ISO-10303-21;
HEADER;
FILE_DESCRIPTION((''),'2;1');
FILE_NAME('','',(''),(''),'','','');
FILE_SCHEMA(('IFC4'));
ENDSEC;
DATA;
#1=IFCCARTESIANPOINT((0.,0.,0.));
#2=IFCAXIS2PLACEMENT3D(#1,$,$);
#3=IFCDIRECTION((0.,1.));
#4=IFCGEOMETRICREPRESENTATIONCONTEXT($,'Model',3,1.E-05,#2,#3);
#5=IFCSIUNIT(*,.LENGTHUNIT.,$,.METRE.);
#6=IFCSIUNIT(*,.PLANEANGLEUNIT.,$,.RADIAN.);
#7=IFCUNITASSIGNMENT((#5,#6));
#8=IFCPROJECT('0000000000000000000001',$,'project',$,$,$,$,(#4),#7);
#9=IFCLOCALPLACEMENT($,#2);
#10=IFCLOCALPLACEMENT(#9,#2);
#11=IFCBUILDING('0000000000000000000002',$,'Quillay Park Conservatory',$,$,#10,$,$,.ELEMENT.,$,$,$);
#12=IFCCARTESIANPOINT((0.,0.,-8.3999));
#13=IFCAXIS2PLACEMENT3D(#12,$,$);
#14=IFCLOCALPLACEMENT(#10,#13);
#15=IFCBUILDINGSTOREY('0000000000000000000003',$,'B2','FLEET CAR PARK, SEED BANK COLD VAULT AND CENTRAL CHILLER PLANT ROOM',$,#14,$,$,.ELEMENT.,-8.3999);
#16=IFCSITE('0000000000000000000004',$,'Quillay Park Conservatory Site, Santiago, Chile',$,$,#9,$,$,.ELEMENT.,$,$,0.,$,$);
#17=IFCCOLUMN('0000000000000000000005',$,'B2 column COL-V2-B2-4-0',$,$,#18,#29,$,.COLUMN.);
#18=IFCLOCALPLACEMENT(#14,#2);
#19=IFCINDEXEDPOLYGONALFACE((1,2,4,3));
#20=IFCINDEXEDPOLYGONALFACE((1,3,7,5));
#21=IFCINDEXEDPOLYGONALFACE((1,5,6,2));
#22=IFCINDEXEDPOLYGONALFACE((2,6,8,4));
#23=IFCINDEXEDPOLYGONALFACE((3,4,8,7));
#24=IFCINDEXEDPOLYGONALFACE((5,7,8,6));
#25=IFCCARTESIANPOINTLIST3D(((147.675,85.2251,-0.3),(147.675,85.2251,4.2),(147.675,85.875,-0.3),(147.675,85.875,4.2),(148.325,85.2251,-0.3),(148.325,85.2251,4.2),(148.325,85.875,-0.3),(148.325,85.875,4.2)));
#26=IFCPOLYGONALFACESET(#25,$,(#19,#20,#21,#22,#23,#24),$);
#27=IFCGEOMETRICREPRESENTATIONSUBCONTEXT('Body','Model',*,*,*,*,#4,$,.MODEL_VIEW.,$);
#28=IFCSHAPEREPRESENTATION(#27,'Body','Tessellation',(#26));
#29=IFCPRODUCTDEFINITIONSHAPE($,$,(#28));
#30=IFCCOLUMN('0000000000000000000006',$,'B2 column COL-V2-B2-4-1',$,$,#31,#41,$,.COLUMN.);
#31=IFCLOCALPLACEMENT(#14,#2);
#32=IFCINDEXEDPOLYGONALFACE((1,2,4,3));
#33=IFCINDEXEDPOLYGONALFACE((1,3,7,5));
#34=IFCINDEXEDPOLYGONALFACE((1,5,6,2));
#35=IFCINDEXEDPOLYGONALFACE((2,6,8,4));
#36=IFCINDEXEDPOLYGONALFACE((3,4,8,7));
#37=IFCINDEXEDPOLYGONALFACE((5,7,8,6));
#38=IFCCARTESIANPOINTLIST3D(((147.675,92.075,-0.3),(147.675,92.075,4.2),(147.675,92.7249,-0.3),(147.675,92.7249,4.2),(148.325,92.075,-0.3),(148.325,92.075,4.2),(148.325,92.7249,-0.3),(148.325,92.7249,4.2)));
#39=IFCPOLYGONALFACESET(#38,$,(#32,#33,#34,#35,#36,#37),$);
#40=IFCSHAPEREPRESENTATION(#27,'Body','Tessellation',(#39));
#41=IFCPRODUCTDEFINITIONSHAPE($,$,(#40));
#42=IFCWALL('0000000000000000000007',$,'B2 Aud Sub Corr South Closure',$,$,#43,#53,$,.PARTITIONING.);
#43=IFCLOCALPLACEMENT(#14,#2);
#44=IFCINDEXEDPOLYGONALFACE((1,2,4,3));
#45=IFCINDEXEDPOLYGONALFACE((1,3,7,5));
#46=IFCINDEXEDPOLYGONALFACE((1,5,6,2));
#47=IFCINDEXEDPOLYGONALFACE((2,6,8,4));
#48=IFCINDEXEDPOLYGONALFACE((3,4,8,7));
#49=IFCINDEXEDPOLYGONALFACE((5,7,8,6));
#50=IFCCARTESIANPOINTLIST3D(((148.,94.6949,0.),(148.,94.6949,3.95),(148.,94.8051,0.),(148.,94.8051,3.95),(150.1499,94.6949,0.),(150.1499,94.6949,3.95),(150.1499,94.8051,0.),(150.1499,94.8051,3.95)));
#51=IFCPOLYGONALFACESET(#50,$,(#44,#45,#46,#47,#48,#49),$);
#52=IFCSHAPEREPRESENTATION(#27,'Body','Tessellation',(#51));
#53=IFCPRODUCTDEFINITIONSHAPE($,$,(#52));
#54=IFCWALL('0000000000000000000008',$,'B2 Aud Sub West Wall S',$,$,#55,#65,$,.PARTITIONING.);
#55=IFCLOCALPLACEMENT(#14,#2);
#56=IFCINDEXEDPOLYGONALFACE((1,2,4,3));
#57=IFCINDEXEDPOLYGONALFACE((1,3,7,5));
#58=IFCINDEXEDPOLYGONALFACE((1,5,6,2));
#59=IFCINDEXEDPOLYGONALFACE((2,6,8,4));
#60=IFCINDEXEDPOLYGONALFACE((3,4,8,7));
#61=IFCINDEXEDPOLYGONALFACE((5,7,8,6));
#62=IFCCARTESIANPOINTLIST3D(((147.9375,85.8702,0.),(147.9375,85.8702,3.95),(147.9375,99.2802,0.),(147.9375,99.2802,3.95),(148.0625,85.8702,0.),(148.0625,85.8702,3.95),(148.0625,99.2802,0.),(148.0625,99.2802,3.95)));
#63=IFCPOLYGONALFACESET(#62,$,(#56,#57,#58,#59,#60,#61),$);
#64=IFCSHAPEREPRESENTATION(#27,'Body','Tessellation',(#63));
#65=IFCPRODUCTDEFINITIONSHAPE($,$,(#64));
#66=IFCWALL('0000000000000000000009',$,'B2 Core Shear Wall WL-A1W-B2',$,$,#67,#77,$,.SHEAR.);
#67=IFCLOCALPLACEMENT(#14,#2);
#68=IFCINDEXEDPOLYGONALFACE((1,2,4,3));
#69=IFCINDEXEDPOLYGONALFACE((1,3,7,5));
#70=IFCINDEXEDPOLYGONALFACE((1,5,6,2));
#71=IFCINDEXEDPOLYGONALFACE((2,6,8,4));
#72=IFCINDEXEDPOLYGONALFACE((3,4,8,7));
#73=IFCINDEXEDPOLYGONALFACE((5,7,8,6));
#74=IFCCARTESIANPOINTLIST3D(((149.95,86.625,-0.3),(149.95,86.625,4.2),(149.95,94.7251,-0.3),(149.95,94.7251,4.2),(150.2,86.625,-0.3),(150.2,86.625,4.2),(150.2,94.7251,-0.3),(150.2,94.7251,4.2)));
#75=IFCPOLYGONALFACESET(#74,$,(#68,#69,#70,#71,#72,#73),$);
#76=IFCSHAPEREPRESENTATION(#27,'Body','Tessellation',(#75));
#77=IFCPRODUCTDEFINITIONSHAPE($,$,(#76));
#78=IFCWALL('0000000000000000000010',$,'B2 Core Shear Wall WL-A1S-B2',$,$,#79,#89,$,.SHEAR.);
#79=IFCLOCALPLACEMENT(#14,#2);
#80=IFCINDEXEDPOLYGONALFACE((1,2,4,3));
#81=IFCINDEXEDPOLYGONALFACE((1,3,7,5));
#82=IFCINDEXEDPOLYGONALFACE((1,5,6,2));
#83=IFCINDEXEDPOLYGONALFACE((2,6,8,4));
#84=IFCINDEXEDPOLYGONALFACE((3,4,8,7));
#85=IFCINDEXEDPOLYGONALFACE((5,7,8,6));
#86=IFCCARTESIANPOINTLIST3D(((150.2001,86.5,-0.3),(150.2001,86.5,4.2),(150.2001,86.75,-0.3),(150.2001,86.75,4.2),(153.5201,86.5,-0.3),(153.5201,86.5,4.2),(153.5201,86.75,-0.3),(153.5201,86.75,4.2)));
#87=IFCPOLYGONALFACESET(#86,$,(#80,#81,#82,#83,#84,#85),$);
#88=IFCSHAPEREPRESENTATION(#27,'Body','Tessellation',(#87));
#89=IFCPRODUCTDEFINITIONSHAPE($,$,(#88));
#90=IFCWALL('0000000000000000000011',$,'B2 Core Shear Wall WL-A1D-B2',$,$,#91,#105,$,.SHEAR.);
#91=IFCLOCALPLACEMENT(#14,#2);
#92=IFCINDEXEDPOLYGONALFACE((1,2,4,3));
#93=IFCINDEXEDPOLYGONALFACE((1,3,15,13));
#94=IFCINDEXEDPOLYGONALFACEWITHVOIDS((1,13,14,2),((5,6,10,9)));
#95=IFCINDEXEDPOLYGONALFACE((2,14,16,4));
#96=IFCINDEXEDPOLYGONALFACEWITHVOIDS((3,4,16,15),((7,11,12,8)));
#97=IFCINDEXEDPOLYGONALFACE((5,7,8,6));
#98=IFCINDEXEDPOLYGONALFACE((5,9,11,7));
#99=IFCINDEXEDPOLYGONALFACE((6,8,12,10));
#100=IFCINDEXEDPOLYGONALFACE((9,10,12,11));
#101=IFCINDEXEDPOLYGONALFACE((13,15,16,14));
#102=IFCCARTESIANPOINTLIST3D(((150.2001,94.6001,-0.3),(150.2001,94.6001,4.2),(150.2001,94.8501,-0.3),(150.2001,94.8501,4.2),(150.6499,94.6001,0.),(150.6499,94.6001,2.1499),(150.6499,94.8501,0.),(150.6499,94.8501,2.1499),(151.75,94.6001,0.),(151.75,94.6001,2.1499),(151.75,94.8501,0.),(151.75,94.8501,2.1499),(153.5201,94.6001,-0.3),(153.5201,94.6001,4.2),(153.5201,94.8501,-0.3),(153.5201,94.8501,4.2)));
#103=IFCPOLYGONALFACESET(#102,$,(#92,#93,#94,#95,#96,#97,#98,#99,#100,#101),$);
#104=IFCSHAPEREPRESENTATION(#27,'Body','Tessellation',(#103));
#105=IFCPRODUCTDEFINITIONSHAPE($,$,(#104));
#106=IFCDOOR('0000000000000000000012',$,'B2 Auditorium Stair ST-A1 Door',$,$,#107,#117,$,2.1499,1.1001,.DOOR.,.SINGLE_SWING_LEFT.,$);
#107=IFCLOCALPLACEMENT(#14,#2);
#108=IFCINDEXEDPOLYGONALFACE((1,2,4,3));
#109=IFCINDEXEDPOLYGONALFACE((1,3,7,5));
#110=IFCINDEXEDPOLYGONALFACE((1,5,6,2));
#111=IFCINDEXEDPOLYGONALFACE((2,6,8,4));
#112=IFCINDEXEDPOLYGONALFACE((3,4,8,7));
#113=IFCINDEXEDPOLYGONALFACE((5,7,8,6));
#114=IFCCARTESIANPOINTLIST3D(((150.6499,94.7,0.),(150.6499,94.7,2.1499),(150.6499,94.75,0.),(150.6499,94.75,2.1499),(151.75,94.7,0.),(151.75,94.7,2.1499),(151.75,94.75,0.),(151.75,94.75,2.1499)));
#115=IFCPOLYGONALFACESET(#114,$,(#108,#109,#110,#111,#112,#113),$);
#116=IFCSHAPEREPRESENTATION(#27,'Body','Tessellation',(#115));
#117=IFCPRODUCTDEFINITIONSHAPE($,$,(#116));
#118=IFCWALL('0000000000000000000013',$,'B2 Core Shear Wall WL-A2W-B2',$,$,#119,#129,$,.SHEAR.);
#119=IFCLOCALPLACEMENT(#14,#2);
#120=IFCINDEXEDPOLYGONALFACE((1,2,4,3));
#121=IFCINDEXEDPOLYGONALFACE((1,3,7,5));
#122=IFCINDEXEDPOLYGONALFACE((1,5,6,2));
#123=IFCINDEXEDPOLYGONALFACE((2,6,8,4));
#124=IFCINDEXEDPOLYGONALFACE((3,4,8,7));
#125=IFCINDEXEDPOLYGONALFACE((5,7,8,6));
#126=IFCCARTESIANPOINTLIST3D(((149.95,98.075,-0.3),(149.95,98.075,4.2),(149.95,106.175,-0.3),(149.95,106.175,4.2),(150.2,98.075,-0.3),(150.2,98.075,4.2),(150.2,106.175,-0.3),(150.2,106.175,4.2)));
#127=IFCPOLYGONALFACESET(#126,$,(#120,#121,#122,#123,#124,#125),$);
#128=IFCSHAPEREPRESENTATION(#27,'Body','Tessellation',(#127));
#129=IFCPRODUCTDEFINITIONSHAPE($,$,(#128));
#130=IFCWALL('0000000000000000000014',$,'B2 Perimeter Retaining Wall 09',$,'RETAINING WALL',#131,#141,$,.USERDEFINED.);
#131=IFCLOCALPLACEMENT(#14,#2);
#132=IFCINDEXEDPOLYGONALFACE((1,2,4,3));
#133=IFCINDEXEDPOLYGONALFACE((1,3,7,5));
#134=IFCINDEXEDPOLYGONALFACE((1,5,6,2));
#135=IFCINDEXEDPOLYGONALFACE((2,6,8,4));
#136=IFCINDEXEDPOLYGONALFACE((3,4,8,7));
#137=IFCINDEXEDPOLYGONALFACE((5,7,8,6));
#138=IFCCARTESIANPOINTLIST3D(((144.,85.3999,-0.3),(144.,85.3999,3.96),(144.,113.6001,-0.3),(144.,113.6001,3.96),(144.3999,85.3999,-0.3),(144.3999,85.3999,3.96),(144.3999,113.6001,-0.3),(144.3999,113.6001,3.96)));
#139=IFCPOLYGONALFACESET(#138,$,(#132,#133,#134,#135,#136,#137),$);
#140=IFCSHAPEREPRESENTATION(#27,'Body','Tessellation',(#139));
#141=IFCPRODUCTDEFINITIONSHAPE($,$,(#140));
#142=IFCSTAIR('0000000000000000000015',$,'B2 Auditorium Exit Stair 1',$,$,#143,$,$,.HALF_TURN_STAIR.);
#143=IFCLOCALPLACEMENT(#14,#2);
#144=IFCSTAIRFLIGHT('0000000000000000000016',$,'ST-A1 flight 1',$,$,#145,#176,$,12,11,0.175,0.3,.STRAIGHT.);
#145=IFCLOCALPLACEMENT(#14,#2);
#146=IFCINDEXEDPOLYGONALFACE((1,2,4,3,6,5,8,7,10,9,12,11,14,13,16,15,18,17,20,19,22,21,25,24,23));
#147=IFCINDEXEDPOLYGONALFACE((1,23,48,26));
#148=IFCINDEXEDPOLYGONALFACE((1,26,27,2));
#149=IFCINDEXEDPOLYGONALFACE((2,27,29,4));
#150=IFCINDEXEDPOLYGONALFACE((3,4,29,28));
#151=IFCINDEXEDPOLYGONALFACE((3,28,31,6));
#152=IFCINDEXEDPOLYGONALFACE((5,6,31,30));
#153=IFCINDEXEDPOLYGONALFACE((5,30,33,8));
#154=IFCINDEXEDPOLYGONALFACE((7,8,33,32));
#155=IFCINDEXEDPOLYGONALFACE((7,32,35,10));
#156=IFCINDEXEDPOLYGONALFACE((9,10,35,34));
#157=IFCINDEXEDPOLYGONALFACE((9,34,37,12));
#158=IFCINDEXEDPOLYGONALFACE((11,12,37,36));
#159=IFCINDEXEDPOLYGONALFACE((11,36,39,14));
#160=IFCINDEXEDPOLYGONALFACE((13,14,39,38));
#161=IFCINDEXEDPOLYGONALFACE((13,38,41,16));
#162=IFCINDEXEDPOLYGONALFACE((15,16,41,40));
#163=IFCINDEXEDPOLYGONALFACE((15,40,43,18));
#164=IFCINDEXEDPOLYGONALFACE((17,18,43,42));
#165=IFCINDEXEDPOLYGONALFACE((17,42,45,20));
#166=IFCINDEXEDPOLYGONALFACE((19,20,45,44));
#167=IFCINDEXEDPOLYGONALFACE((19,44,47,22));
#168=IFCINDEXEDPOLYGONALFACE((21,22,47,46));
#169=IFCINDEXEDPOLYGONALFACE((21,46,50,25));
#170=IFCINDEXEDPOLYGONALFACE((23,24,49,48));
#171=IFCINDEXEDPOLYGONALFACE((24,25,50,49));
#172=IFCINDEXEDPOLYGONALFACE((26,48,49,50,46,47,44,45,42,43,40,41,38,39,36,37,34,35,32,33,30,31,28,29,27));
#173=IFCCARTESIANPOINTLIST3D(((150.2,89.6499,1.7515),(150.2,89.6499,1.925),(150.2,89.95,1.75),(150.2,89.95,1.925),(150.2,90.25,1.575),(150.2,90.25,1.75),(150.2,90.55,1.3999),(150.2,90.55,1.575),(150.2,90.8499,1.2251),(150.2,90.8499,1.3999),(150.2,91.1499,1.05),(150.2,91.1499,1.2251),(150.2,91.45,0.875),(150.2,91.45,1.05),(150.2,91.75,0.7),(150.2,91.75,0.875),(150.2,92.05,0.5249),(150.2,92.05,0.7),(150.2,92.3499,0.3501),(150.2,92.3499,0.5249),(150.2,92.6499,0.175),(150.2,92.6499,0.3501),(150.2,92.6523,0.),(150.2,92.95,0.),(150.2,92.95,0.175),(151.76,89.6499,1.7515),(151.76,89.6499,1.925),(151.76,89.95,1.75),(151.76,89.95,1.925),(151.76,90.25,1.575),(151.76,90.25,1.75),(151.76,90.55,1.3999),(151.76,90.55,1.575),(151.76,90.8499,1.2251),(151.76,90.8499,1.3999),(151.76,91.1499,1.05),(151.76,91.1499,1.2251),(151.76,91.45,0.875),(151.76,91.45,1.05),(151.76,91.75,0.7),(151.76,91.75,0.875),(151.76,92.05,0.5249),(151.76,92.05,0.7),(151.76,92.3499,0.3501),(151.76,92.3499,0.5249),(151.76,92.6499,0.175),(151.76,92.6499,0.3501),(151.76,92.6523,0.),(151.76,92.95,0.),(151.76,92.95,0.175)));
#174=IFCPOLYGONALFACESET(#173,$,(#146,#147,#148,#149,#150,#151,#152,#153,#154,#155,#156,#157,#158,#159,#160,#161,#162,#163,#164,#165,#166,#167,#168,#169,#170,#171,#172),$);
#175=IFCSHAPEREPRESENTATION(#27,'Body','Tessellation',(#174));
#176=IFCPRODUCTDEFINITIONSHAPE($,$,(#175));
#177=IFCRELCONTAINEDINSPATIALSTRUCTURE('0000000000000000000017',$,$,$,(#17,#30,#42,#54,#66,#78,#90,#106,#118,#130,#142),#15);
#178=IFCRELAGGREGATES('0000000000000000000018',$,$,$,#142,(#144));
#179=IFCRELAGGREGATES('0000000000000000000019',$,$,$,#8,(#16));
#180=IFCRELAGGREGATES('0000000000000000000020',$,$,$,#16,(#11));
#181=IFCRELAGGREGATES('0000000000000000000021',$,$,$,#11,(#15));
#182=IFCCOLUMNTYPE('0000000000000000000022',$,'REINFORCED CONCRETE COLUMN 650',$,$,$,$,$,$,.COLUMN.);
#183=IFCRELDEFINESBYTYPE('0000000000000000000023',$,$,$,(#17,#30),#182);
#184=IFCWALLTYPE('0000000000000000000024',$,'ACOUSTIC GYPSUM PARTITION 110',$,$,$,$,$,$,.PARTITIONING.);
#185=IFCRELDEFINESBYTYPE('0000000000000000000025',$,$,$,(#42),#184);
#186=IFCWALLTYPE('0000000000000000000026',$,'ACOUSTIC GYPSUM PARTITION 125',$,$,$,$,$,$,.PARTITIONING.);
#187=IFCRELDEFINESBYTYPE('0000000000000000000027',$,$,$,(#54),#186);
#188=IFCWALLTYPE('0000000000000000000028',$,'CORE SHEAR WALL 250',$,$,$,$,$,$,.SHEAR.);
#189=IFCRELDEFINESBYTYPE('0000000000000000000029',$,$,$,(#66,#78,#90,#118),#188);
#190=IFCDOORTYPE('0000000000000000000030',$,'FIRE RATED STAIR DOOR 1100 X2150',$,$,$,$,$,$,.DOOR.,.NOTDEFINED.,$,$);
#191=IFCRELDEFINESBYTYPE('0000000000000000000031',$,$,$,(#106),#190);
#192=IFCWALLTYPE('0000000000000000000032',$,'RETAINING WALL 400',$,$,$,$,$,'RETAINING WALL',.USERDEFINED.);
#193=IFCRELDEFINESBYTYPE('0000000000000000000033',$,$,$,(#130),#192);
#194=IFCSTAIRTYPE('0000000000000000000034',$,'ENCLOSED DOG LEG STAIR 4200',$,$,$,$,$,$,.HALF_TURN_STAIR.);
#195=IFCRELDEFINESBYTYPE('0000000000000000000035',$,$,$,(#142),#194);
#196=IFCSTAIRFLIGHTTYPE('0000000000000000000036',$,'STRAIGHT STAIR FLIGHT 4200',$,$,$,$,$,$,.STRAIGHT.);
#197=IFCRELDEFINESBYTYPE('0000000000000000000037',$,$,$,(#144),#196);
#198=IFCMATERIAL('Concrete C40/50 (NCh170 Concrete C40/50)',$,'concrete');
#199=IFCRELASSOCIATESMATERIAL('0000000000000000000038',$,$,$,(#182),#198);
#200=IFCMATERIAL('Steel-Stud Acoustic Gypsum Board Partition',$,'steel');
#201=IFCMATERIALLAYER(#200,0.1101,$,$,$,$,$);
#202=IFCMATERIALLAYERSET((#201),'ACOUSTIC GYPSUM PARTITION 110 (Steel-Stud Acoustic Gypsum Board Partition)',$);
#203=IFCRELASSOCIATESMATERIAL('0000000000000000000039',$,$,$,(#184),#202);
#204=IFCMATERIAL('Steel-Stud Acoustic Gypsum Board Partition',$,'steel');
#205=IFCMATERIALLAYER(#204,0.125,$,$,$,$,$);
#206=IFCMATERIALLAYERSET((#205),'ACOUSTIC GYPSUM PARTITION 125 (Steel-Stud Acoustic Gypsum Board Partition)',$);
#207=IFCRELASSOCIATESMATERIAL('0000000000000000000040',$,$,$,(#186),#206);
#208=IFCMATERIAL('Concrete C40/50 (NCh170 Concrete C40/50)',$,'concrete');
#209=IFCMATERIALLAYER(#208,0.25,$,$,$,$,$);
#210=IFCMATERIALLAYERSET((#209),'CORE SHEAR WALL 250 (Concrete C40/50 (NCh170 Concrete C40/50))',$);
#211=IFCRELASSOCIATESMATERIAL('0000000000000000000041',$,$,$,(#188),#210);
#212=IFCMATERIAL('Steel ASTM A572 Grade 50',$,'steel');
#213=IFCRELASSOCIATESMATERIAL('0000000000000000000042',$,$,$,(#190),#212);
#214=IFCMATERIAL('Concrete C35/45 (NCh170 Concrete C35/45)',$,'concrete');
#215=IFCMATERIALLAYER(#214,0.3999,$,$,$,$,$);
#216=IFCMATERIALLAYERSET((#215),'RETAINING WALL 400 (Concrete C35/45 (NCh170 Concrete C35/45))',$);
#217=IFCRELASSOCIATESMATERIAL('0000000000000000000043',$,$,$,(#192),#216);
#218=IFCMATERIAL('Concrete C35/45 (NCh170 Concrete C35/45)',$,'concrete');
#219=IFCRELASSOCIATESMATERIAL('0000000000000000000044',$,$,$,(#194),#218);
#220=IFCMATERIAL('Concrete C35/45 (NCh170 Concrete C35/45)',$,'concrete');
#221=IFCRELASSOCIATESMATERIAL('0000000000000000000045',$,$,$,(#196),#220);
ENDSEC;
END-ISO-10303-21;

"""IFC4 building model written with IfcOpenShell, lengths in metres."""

from ifc_helpers import new_model, si_unit, direction, frame, frame_2d, origin, origin_2d, place, context, subcontext, project, spatial, polyline, rectangle, outline, extrude, material, layer, layer_set, material_profile, profile_set, type_object, element, fill, aggregate, save


model = new_model("IFC4")

# Units and contexts
model_context = context("Model", 3, precision=1e-05, world=origin(), true_north=direction((0.0, 1.0)))
body_context = subcontext(model_context, "Body", "Model", "MODEL_VIEW")
ifc_project = project(units=[si_unit("LENGTHUNIT", "METRE"), si_unit("PLANEANGLEUNIT", "RADIAN")], contexts=[model_context])

# Site, building, storey
site_placement = place(None, origin())
site = spatial("IfcSite", under=ifc_project, at=site_placement, Name="Quillay Park Conservatory Site, Santiago, Chile", CompositionType="ELEMENT", RefElevation=0.0)
building_placement = place(site_placement, origin())
building = spatial("IfcBuilding", under=site, at=building_placement, Name="Quillay Park Conservatory", CompositionType="ELEMENT")
storey_placement = place(building_placement, frame((0.0, 0.0, -8.3999)))
storey = spatial("IfcBuildingStorey", under=building, at=storey_placement, Name="B2", Description="FLEET CAR PARK, SEED BANK COLD VAULT AND CENTRAL CHILLER PLANT ROOM", CompositionType="ELEMENT", Elevation=-8.3999)

# Columns
ifc_material_1 = material(Name="Concrete C40/50 (NCh170 Concrete C40/50)", Category="concrete")
ifc_material_profile_1 = material_profile(ifc_material_1, rectangle(XDim=0.6499, YDim=0.6499, at=origin_2d()), Name="RC650x650")
ifc_profile_set_1 = profile_set([ifc_material_profile_1], Name="Concrete C40/50 (NCh170 Concrete C40/50)")
column_type = type_object("IfcColumnType", Name="REINFORCED CONCRETE COLUMN 650", PredefinedType="COLUMN", material=ifc_profile_set_1)
for number, where, z_axis, x_axis, name in (
    (1, (148.0, 85.55, -0.3), (0.0, 0.0, 1.0), (1.0, 0.0, 0.0), "B2 column COL-V2-B2-4-0"),
    (2, (148.0, 92.3999, -0.3), (0.0, 0.0, 1.0), (1.0, 0.0, 0.0), "B2 column COL-V2-B2-4-1"),
):
    element("IfcColumn", number, at=place(storey_placement, frame(where, z_axis=z_axis, x_axis=x_axis)), inside=storey, type_object=column_type, Name=name, PredefinedType="COLUMN", context=body_context, shape_type="SweptSolid", body=[
        extrude(rectangle(XDim=0.6499, YDim=0.6499, at=origin_2d()), origin(), (0.0, 0.0, 1.0), 4.5),
    ])

# Walls
ifc_material_2 = material(Name="Steel-Stud Acoustic Gypsum Board Partition", Category="steel")
ifc_layer_1 = layer(ifc_material_2, 0.1101)
ifc_layer_set_1 = layer_set([ifc_layer_1], Name="ACOUSTIC GYPSUM PARTITION 110 (Steel-Stud Acoustic Gypsum Board Partition)")
wall_type_1 = type_object("IfcWallType", Name="ACOUSTIC GYPSUM PARTITION 110", PredefinedType="PARTITIONING", material=ifc_layer_set_1)
wall_1_placement = place(storey_placement, frame((148.0, 94.75, 0.0), z_axis=(0.0, 0.0, 1.0), x_axis=(1.0, 0.0, 0.0)))
element("IfcWall", 3, at=wall_1_placement, inside=storey, type_object=wall_type_1, Name="B2 Aud Sub Corr South Closure", PredefinedType="PARTITIONING", context=body_context, shape_type="SweptSolid", body=[
    extrude(rectangle(XDim=2.1499, YDim=0.1101, at=frame_2d((1.075, 0.0))), origin(), (0.0, 0.0, 1.0), 3.95),
])
ifc_material_3 = material(Name="Steel-Stud Acoustic Gypsum Board Partition", Category="steel")
ifc_layer_2 = layer(ifc_material_3, 0.125)
ifc_layer_set_2 = layer_set([ifc_layer_2], Name="ACOUSTIC GYPSUM PARTITION 125 (Steel-Stud Acoustic Gypsum Board Partition)")
wall_type_2 = type_object("IfcWallType", Name="ACOUSTIC GYPSUM PARTITION 125", PredefinedType="PARTITIONING", material=ifc_layer_set_2)
wall_2_placement = place(storey_placement, frame((148.0, 85.8701, 0.0), z_axis=(0.0, 0.0, 1.0), x_axis=(0.0, 1.0, 0.0)))
element("IfcWall", 4, at=wall_2_placement, inside=storey, type_object=wall_type_2, Name="B2 Aud Sub West Wall S", PredefinedType="PARTITIONING", context=body_context, shape_type="SweptSolid", body=[
    extrude(rectangle(XDim=13.4099, YDim=0.125, at=frame_2d((6.7051, 0.0))), origin(), (0.0, 0.0, 1.0), 3.95),
])
ifc_material_4 = material(Name="Concrete C40/50 (NCh170 Concrete C40/50)", Category="concrete")
ifc_layer_3 = layer(ifc_material_4, 0.25)
ifc_layer_set_3 = layer_set([ifc_layer_3], Name="CORE SHEAR WALL 250 (Concrete C40/50 (NCh170 Concrete C40/50))")
wall_type_3 = type_object("IfcWallType", Name="CORE SHEAR WALL 250", PredefinedType="SHEAR", material=ifc_layer_set_3)
wall_3_placement = place(storey_placement, frame((150.075, 86.625, -0.3), z_axis=(0.0, 0.0, 1.0), x_axis=(0.0, 1.0, 0.0)))
element("IfcWall", 5, at=wall_3_placement, inside=storey, type_object=wall_type_3, Name="B2 Core Shear Wall WL-A1W-B2", PredefinedType="SHEAR", context=body_context, shape_type="SweptSolid", body=[
    extrude(rectangle(XDim=8.1001, YDim=0.25, at=frame_2d((4.05, 0.0))), origin(), (0.0, 0.0, 1.0), 4.5),
])
wall_4_placement = place(storey_placement, frame((150.2, 86.625, -0.3), z_axis=(0.0, 0.0, 1.0), x_axis=(1.0, 0.0, 0.0)))
element("IfcWall", 6, at=wall_4_placement, inside=storey, type_object=wall_type_3, Name="B2 Core Shear Wall WL-A1S-B2", PredefinedType="SHEAR", context=body_context, shape_type="SweptSolid", body=[
    extrude(rectangle(XDim=3.3201, YDim=0.25, at=frame_2d((1.6602, 0.0))), origin(), (0.0, 0.0, 1.0), 4.5),
])

# Wall, opening, door
wall_5_placement = place(storey_placement, frame((150.2, 94.7251, -0.3), z_axis=(0.0, 0.0, 1.0), x_axis=(1.0, 0.0, 0.0)))
wall_5 = element("IfcWall", 7, at=wall_5_placement, inside=storey, type_object=wall_type_3, Name="B2 Core Shear Wall WL-A1D-B2", PredefinedType="SHEAR", context=body_context, shape_type="SweptSolid", body=[
    extrude(rectangle(XDim=3.3201, YDim=0.25, at=frame_2d((1.6602, 0.0))), origin(), (0.0, 0.0, 1.0), 4.5),
])
opening_placement = place(wall_5_placement, frame((0.45, 0.0, 0.3)))
opening = element("IfcOpeningElement", 8, at=opening_placement, cuts=wall_5, PredefinedType="OPENING", context=body_context, shape_type="SweptSolid", body=[
    extrude(rectangle(XDim=1.1001, YDim=2.1499, at=frame_2d((0.55, 1.075))), frame((0.0, 0.125, 0.0), z_axis=(0.0, -1.0, 0.0), x_axis=(1.0, 0.0, 0.0)), (0.0, 0.0, 1.0), 0.25),
])
ifc_material_5 = material(Name="Steel ASTM A572 Grade 50", Category="steel")
door_type = type_object("IfcDoorType", Name="FIRE RATED STAIR DOOR 1100 X2150", OperationType="NOTDEFINED", PredefinedType="DOOR", material=ifc_material_5)
door_placement = place(opening_placement, origin())
door = element("IfcDoor", 9, at=door_placement, inside=storey, type_object=door_type, Name="B2 Auditorium Stair ST-A1 Door", OperationType="SINGLE_SWING_LEFT", OverallHeight=2.1499, OverallWidth=1.1001, PredefinedType="DOOR", context=body_context, shape_type="SweptSolid", body=[
    extrude(rectangle(XDim=1.1001, YDim=2.1499, at=frame_2d((0.55, 1.075))), frame((0.0, 0.0249, 0.0), z_axis=(0.0, -1.0, 0.0), x_axis=(1.0, 0.0, 0.0)), (0.0, 0.0, 1.0), 0.05),
])
fill(opening, door)

# Walls
wall_6_placement = place(storey_placement, frame((150.075, 98.075, -0.3), z_axis=(0.0, 0.0, 1.0), x_axis=(0.0, 1.0, 0.0)))
element("IfcWall", 10, at=wall_6_placement, inside=storey, type_object=wall_type_3, Name="B2 Core Shear Wall WL-A2W-B2", PredefinedType="SHEAR", context=body_context, shape_type="SweptSolid", body=[
    extrude(rectangle(XDim=8.1001, YDim=0.25, at=frame_2d((4.05, 0.0))), origin(), (0.0, 0.0, 1.0), 4.5),
])
ifc_material_6 = material(Name="Concrete C35/45 (NCh170 Concrete C35/45)", Category="concrete")
ifc_layer_4 = layer(ifc_material_6, 0.3999)
ifc_layer_set_4 = layer_set([ifc_layer_4], Name="RETAINING WALL 400 (Concrete C35/45 (NCh170 Concrete C35/45))")
wall_type_4 = type_object("IfcWallType", Name="RETAINING WALL 400", ElementType="RETAINING WALL", PredefinedType="USERDEFINED", material=ifc_layer_set_4)
wall_7_placement = place(storey_placement, frame((144.2, 85.3999, -0.3), z_axis=(0.0, 0.0, 1.0), x_axis=(0.0, 1.0, 0.0)))
element("IfcWall", 11, at=wall_7_placement, inside=storey, type_object=wall_type_4, Name="B2 Perimeter Retaining Wall 09", ObjectType="RETAINING WALL", PredefinedType="USERDEFINED", context=body_context, shape_type="SweptSolid", body=[
    extrude(rectangle(XDim=28.2002, YDim=0.3999, at=frame_2d((14.1001, 0.0))), origin(), (0.0, 0.0, 1.0), 4.26),
])

# Stair, stair flight
ifc_material_7 = material(Name="Concrete C35/45 (NCh170 Concrete C35/45)", Category="concrete")
stair_type = type_object("IfcStairType", Name="ENCLOSED DOG LEG STAIR 4200", PredefinedType="HALF_TURN_STAIR", material=ifc_material_7)
stair_placement = place(storey_placement, origin())
stair = element("IfcStair", 12, at=stair_placement, inside=storey, type_object=stair_type, Name="B2 Auditorium Exit Stair 1", PredefinedType="HALF_TURN_STAIR")
ifc_material_8 = material(Name="Concrete C35/45 (NCh170 Concrete C35/45)", Category="concrete")
stair_flight_type = type_object("IfcStairFlightType", Name="STRAIGHT STAIR FLIGHT 4200", PredefinedType="STRAIGHT", material=ifc_material_8)
stair_flight_placement = place(storey_placement, frame((150.98, 92.95, 0.0), z_axis=(0.0, 0.0, 1.0), x_axis=(0.0, -1.0, 0.0)))
stair_flight = element("IfcStairFlight", 13, at=stair_flight_placement, type_object=stair_flight_type, Name="ST-A1 flight 1", NumberOfRisers=12, NumberOfTreads=11, PredefinedType="STRAIGHT", RiserHeight=0.175, TreadLength=0.3, context=body_context, shape_type="SweptSolid", body=[
    extrude(outline(polyline([(0.0, 0.0), (0.0, 0.175), (0.3, 0.175), (0.3, 0.3501), (0.6001, 0.3501), (0.6001, 0.5249), (0.8999, 0.5249), (0.8999, 0.7), (1.2, 0.7), (1.2, 0.875), (1.5, 0.875), (1.5, 1.05), (1.8, 1.05), (1.8, 1.2251), (2.1001, 1.2251), (2.1001, 1.3999), (2.3999, 1.3999), (2.3999, 1.575), (2.7, 1.575), (2.7, 1.75), (3.0, 1.75), (3.0, 1.925), (3.3, 1.925), (3.3, 2.1001), (3.3, 1.7515), (0.2976, 0.0), (0.0, 0.0)])), frame((0.0, 0.78, 0.0), z_axis=(0.0, -1.0, 0.0), x_axis=(1.0, 0.0, 0.0)), (0.0, 0.0, 1.0), 1.5601),
])
aggregate(stair, [stair_flight])

save(model, "model.ifc")
